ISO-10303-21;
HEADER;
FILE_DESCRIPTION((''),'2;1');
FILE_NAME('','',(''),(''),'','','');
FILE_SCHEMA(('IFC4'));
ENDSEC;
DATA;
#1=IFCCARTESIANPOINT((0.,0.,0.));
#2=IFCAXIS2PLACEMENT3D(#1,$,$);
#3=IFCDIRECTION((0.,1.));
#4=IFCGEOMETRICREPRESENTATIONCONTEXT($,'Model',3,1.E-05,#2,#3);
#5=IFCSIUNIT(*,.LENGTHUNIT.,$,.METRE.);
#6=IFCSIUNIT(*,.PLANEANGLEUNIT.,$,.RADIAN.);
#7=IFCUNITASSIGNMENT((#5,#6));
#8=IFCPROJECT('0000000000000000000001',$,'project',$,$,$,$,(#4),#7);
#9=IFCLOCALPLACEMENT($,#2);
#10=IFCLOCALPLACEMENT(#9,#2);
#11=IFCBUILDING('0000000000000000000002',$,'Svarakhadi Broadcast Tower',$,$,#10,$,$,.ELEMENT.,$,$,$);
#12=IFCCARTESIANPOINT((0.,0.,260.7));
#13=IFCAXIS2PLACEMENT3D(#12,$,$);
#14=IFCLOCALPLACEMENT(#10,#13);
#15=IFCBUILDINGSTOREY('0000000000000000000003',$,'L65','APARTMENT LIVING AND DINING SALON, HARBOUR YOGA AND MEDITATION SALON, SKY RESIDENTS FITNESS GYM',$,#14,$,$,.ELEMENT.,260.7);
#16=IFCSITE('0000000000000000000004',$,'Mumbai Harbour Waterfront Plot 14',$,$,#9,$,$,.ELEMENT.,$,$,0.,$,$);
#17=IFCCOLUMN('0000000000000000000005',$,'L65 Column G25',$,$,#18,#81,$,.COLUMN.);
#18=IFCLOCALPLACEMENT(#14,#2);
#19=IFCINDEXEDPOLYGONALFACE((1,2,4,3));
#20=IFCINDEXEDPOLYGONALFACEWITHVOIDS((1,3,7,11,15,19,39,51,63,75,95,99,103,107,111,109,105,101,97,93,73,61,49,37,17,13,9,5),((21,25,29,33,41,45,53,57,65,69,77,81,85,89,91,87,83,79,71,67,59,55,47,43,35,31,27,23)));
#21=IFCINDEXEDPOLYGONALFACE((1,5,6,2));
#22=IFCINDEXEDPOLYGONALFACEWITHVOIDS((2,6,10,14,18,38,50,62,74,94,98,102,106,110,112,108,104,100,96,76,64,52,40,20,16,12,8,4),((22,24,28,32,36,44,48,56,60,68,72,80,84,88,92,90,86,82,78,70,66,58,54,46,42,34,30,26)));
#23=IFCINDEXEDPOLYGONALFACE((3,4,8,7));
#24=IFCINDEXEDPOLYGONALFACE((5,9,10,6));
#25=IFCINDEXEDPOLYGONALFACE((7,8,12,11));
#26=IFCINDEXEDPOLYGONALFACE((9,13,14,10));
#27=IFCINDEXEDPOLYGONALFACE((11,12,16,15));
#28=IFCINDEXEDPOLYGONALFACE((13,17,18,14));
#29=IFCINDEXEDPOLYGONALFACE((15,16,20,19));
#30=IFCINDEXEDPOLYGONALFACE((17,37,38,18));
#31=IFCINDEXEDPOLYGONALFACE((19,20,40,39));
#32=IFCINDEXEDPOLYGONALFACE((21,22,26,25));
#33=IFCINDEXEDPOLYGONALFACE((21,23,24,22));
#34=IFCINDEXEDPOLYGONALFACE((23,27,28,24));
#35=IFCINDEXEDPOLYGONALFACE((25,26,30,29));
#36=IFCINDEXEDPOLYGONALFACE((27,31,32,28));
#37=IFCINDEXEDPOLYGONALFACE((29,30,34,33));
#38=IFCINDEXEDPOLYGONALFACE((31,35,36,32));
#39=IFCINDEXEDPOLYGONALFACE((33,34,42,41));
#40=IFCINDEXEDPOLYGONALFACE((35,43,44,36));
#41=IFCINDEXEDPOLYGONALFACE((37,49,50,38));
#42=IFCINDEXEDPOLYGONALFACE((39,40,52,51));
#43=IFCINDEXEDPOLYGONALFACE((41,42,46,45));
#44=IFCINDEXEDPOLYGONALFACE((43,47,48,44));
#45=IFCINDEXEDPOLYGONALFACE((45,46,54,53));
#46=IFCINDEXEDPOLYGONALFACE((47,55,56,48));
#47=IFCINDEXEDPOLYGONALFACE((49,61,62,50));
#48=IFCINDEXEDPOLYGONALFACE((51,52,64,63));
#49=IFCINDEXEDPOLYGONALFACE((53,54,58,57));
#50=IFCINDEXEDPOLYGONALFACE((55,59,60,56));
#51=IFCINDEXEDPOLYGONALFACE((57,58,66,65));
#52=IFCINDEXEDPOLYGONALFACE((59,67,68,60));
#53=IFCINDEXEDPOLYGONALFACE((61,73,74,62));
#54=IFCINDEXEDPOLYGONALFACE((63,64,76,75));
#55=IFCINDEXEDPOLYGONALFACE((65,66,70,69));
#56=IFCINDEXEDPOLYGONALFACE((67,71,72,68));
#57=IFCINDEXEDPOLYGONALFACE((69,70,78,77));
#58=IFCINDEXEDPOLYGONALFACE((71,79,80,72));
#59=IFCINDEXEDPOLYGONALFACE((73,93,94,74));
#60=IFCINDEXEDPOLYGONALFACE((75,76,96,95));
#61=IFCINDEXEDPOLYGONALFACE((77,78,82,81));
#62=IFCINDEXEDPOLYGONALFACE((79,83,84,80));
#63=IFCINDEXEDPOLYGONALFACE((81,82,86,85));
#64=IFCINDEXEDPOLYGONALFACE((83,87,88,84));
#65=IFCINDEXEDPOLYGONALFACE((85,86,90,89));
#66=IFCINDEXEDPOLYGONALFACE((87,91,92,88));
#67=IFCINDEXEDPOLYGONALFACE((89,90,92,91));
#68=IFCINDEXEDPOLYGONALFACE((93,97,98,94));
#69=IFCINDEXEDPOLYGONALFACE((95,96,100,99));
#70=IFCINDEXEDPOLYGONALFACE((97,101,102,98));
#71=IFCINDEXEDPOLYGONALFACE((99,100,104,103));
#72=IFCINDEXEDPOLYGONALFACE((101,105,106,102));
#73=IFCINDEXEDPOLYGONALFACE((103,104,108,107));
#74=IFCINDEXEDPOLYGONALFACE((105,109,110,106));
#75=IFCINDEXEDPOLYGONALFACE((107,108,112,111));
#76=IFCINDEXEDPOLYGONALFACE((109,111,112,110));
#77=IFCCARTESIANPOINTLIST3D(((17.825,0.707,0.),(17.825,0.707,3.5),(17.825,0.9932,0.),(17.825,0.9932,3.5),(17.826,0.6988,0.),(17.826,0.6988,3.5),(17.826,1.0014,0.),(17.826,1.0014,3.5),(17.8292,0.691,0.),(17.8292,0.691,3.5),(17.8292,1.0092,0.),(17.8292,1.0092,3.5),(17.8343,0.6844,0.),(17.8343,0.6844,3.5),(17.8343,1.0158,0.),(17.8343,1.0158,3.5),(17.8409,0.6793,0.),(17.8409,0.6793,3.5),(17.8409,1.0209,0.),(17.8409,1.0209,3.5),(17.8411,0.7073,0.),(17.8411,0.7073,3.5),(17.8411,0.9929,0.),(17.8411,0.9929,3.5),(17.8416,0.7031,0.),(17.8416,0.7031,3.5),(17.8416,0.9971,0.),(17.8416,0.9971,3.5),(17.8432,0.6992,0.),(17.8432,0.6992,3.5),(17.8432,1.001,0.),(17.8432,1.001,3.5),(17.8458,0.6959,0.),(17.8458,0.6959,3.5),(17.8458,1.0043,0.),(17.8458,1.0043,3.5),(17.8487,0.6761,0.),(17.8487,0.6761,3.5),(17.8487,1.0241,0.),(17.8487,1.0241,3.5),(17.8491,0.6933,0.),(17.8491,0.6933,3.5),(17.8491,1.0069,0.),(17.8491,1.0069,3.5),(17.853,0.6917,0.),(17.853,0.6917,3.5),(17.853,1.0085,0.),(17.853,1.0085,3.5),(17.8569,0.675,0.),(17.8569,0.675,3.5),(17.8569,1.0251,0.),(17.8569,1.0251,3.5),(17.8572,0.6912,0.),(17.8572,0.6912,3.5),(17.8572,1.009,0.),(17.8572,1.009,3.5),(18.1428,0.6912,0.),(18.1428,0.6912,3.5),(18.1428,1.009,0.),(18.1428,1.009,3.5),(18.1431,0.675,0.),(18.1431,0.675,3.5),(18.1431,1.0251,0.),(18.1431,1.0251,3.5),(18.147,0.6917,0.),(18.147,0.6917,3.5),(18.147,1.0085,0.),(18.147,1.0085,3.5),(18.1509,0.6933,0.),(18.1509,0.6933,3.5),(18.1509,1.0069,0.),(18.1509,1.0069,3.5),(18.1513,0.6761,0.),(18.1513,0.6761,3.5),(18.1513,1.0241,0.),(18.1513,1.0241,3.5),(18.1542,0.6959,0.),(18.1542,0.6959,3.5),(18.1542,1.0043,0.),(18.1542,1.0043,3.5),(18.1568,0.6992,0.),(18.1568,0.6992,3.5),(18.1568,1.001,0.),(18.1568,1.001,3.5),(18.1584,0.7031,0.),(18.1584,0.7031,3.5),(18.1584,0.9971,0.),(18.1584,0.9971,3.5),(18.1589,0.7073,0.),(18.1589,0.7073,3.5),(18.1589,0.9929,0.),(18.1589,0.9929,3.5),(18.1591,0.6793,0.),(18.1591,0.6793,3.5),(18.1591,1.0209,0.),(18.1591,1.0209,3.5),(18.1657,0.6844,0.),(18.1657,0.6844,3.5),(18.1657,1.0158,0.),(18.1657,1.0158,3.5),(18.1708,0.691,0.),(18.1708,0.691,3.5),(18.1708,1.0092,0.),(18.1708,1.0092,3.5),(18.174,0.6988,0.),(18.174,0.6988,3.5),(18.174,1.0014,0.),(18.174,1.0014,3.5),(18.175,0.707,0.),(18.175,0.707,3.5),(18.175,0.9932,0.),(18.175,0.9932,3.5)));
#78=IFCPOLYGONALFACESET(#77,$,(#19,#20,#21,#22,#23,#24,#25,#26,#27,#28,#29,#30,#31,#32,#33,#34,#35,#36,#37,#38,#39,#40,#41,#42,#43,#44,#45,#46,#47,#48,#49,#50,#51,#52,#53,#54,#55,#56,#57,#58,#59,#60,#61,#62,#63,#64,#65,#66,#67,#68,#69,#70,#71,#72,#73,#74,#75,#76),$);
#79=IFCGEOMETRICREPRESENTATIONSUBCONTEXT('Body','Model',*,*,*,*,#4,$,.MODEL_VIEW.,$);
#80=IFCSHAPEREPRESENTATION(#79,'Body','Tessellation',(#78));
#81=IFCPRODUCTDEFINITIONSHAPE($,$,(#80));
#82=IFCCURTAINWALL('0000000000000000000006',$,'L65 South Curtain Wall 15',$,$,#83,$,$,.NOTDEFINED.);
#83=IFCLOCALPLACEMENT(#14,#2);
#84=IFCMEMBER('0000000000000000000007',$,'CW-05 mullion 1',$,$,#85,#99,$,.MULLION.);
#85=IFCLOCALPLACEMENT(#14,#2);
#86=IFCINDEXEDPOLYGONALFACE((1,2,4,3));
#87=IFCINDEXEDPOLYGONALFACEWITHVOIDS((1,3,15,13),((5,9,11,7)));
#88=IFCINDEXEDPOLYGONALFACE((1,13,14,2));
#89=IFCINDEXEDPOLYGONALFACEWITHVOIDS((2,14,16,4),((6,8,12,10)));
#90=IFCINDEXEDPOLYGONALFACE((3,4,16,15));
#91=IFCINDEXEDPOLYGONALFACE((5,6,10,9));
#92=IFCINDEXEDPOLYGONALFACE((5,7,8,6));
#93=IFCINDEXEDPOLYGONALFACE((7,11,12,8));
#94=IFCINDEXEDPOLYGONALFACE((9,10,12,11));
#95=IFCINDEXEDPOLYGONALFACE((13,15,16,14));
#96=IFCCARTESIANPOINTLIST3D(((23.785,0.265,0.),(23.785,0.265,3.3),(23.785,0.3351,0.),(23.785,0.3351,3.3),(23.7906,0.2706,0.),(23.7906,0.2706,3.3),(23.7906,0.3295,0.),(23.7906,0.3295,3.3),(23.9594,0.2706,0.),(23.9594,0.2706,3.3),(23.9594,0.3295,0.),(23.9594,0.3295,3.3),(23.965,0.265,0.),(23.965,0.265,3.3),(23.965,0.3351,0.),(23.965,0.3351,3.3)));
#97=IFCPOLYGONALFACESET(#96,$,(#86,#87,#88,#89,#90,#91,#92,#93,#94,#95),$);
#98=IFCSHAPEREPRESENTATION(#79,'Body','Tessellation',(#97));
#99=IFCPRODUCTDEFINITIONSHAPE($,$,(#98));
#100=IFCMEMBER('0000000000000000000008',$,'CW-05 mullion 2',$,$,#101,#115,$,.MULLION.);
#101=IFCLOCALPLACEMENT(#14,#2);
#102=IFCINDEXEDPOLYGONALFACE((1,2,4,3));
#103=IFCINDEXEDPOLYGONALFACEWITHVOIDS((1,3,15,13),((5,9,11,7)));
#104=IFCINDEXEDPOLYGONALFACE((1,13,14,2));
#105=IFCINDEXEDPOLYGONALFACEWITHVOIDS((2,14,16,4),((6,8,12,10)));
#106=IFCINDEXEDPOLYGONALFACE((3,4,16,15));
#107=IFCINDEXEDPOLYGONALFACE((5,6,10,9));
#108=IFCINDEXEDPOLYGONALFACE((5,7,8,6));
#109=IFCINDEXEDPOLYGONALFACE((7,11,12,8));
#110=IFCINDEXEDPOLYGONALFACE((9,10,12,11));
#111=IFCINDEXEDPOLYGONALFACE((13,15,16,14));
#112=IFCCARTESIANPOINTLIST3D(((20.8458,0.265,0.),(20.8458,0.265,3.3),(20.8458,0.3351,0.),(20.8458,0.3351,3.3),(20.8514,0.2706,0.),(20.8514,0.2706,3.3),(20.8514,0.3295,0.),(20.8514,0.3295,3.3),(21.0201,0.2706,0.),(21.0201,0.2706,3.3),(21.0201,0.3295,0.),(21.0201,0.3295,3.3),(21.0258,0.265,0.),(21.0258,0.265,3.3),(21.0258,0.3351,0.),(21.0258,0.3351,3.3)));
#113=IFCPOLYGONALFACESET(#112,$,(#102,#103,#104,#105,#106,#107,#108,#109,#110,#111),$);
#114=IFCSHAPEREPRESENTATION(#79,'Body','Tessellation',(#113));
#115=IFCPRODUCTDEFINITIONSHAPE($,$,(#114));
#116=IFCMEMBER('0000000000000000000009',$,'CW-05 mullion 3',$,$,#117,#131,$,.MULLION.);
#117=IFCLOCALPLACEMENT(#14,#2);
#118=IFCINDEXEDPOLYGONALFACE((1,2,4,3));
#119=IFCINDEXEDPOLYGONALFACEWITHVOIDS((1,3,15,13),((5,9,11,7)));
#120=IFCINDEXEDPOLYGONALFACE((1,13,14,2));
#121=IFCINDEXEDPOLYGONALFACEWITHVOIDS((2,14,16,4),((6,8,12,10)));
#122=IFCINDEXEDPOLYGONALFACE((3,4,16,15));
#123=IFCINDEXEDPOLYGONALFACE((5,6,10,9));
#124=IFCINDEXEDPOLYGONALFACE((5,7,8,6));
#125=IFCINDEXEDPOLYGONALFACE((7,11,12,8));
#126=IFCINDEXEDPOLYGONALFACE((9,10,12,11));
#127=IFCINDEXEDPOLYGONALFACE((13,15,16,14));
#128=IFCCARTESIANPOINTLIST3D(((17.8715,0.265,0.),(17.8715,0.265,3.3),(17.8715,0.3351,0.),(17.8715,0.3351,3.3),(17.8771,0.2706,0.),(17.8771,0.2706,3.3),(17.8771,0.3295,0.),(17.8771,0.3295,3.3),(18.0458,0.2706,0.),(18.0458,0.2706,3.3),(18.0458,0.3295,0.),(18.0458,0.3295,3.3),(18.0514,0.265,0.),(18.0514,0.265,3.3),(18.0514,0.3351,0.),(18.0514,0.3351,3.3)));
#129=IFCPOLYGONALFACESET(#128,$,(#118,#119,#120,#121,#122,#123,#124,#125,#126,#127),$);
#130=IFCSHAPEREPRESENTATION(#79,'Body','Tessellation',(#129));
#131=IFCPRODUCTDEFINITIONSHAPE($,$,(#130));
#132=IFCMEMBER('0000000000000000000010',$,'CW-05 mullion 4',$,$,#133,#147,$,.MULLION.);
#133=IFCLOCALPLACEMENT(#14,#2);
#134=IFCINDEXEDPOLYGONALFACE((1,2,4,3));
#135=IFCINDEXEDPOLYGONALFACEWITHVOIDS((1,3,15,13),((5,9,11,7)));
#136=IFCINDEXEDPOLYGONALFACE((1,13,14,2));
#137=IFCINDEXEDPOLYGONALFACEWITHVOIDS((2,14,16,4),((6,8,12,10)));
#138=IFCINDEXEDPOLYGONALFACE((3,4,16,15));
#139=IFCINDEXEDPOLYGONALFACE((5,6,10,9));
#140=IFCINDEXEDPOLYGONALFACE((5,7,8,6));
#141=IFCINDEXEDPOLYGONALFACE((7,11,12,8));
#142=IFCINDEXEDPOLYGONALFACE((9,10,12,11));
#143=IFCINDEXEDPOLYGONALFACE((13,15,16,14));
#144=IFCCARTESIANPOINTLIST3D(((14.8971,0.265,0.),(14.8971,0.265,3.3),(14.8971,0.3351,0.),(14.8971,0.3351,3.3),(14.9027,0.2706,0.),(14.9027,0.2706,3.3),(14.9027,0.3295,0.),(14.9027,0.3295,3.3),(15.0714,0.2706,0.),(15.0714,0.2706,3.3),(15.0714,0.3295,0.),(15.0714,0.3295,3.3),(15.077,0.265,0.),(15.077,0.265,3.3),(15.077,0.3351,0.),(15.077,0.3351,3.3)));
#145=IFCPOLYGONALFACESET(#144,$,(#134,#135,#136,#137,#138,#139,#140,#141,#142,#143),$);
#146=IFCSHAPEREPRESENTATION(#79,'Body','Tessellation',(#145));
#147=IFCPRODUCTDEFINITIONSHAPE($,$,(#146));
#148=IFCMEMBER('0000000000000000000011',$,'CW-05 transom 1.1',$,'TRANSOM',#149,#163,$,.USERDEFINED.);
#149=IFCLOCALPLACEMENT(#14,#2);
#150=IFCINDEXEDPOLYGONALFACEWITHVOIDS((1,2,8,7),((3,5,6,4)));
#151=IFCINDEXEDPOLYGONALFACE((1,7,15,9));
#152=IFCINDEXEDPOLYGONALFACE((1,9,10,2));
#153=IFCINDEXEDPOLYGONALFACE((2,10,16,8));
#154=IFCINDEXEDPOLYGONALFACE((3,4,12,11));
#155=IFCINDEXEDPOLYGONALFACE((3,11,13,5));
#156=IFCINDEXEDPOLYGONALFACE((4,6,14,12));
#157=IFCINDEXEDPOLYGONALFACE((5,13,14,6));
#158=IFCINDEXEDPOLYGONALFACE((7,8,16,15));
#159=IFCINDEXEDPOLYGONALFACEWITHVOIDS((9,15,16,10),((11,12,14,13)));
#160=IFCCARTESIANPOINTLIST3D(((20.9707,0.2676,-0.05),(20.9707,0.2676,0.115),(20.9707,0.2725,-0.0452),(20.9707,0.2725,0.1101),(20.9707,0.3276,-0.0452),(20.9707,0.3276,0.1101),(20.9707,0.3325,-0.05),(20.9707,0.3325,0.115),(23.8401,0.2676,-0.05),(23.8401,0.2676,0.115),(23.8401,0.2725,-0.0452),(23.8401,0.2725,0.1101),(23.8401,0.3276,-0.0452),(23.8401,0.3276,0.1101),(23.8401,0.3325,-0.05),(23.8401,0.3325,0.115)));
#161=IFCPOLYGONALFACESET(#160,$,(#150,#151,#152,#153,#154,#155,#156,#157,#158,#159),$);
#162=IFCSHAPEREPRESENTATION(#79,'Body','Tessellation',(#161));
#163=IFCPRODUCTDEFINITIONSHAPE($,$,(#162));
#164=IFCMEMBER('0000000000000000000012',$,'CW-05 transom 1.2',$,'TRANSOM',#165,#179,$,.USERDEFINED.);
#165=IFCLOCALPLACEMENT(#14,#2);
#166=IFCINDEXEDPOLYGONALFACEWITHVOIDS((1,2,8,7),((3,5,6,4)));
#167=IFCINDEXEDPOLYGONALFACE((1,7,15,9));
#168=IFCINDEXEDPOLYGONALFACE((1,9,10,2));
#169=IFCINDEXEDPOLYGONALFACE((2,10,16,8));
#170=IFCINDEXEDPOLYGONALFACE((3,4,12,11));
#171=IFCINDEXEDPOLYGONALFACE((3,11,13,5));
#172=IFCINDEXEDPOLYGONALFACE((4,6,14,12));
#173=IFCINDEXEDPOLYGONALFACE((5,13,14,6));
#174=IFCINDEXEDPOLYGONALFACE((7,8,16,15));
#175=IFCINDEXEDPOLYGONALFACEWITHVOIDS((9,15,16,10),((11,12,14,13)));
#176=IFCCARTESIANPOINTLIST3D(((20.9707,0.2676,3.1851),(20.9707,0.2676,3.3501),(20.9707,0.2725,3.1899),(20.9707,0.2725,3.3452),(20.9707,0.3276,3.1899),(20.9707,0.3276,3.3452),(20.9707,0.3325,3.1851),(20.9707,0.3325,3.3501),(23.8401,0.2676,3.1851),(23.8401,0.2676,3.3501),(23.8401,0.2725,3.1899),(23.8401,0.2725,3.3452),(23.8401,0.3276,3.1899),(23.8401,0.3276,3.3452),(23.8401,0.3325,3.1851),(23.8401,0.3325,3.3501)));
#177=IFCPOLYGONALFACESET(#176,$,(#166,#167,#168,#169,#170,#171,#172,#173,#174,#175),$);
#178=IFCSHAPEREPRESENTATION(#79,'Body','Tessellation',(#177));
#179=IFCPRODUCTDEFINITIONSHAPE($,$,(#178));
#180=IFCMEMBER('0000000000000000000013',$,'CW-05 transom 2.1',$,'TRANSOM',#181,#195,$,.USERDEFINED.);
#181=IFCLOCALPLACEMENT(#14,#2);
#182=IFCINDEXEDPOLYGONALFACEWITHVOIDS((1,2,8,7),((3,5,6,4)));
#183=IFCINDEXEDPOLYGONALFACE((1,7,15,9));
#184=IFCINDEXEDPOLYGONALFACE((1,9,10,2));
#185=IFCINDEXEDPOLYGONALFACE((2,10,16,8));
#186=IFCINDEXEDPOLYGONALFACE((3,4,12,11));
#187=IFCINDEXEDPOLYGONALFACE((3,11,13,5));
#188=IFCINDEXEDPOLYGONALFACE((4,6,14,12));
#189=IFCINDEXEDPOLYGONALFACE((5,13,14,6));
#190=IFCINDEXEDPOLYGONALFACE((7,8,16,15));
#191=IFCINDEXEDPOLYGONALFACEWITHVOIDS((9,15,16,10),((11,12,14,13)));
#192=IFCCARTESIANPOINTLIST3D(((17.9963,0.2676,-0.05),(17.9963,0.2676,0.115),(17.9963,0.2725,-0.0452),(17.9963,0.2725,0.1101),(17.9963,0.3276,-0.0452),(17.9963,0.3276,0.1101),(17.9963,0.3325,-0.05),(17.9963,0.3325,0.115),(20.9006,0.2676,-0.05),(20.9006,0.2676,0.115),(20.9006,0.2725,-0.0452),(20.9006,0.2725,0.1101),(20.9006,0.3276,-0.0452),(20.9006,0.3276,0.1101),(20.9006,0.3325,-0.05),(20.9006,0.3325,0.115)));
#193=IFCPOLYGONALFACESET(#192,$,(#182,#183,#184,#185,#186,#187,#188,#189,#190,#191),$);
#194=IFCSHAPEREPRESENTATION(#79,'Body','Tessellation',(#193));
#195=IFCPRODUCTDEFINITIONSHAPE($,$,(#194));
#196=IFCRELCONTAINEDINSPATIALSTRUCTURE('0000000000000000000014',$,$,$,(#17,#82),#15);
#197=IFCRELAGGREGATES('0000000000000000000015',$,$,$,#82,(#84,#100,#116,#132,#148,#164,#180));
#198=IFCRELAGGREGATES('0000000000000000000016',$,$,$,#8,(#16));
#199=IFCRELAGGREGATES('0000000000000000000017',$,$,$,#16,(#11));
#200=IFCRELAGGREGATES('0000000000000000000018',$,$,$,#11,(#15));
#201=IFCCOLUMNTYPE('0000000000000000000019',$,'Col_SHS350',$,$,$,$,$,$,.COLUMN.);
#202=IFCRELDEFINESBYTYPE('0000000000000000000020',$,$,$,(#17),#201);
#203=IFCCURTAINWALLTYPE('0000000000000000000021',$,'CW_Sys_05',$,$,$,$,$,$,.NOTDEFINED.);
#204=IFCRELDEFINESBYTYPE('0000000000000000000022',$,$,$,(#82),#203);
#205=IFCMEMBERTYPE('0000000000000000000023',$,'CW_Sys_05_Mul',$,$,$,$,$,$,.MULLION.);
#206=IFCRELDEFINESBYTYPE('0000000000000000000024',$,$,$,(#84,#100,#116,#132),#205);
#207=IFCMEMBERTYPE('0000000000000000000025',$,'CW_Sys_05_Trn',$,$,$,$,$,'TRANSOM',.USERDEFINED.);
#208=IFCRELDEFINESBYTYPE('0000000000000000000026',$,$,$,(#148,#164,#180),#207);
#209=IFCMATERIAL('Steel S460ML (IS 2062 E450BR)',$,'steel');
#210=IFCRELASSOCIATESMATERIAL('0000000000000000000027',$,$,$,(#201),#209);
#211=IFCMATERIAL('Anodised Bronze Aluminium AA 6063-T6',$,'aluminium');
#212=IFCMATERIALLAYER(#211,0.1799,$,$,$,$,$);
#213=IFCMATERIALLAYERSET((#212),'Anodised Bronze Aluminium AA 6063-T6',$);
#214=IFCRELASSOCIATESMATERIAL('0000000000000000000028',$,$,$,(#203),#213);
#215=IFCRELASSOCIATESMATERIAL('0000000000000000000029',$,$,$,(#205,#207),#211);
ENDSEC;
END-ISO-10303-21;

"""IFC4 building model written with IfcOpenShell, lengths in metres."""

from ifc_helpers import new_model, si_unit, direction, frame, origin, origin_2d, place, context, subcontext, project, spatial, hollow_rectangle, extrude, material, layer, layer_set, material_profile, profile_set, type_object, element, aggregate, save


model = new_model("IFC4")

# Units and contexts
model_context = context("Model", 3, precision=1e-05, world=origin(), true_north=direction((0.0, 1.0)))
body_context = subcontext(model_context, "Body", "Model", "MODEL_VIEW")
ifc_project = project(units=[si_unit("LENGTHUNIT", "METRE"), si_unit("PLANEANGLEUNIT", "RADIAN")], contexts=[model_context])

# Site, building, storey
site_placement = place(None, origin())
site = spatial("IfcSite", under=ifc_project, at=site_placement, Name="Mumbai Harbour Waterfront Plot 14", CompositionType="ELEMENT", RefElevation=0.0)
building_placement = place(site_placement, origin())
building = spatial("IfcBuilding", under=site, at=building_placement, Name="Svarakhadi Broadcast Tower", CompositionType="ELEMENT")
storey_placement = place(building_placement, frame((0.0, 0.0, 260.7)))
storey = spatial("IfcBuildingStorey", under=building, at=storey_placement, Name="L65", Description="APARTMENT LIVING AND DINING SALON, HARBOUR YOGA AND MEDITATION SALON, SKY RESIDENTS FITNESS GYM", CompositionType="ELEMENT", Elevation=260.7)

# Column
ifc_material_1 = material(Name="Steel S460ML (IS 2062 E450BR)", Category="steel")
ifc_material_profile_1 = material_profile(ifc_material_1, hollow_rectangle(XDim=0.3501, YDim=0.3501, WallThickness=0.0161, InnerFilletRadius=0.0161, OuterFilletRadius=0.032, at=origin_2d()), Name="SHS 350x350x16")
ifc_profile_set_1 = profile_set([ifc_material_profile_1], Name="Steel S460ML (IS 2062 E450BR)")
column_type = type_object("IfcColumnType", Name="Col_SHS350", PredefinedType="COLUMN", material=ifc_profile_set_1)
column_placement = place(storey_placement, frame((18.0, 0.8501, 0.0), z_axis=(0.0, 0.0, 1.0), x_axis=(1.0, 0.0, 0.0)))
element("IfcColumn", 1, at=column_placement, inside=storey, type_object=column_type, Name="L65 Column G25", PredefinedType="COLUMN", context=body_context, shape_type="SweptSolid", body=[
    extrude(hollow_rectangle(XDim=0.3501, YDim=0.3501, WallThickness=0.0161, InnerFilletRadius=0.0161, OuterFilletRadius=0.032, at=origin_2d()), origin(), (0.0, 0.0, 1.0), 3.5),
])

# Curtain wall, members
ifc_material_2 = material(Name="Anodised Bronze Aluminium AA 6063-T6", Category="aluminium")
ifc_layer_1 = layer(ifc_material_2, 0.1799)
ifc_layer_set_1 = layer_set([ifc_layer_1], Name="Anodised Bronze Aluminium AA 6063-T6")
curtain_wall_type = type_object("IfcCurtainWallType", Name="CW_Sys_05", PredefinedType="NOTDEFINED", material=ifc_layer_set_1)
curtain_wall_placement = place(storey_placement, origin())
curtain_wall = element("IfcCurtainWall", 2, at=curtain_wall_placement, inside=storey, type_object=curtain_wall_type, Name="L65 South Curtain Wall 15", PredefinedType="NOTDEFINED")
ifc_material_profile_2 = material_profile(ifc_material_2, hollow_rectangle(XDim=0.0701, YDim=0.1799, WallThickness=0.0056, at=origin_2d()), Name="ALU MULLION 180x70x6")
ifc_profile_set_2 = profile_set([ifc_material_profile_2], Name="Anodised Bronze Aluminium AA 6063-T6")
member_type_1 = type_object("IfcMemberType", Name="CW_Sys_05_Mul", PredefinedType="MULLION", material=ifc_profile_set_2)
member_1_placement = place(storey_placement, frame((23.875, 0.3, 0.0), z_axis=(0.0, 0.0, 1.0), x_axis=(0.0, -1.0, 0.0)))
member_1 = element("IfcMember", 3, at=member_1_placement, type_object=member_type_1, Name="CW-05 mullion 1", PredefinedType="MULLION", context=body_context, shape_type="SweptSolid", body=[
    extrude(hollow_rectangle(XDim=0.0701, YDim=0.1799, WallThickness=0.0056, at=origin_2d()), origin(), (0.0, 0.0, 1.0), 3.3),
])
member_2_placement = place(storey_placement, frame((20.9358, 0.3, 0.0), z_axis=(0.0, 0.0, 1.0), x_axis=(0.0, -1.0, 0.0)))
member_2 = element("IfcMember", 4, at=member_2_placement, type_object=member_type_1, Name="CW-05 mullion 2", PredefinedType="MULLION", context=body_context, shape_type="SweptSolid", body=[
    extrude(hollow_rectangle(XDim=0.0701, YDim=0.1799, WallThickness=0.0056, at=origin_2d()), origin(), (0.0, 0.0, 1.0), 3.3),
])
member_3_placement = place(storey_placement, frame((17.9614, 0.3, 0.0), z_axis=(0.0, 0.0, 1.0), x_axis=(0.0, -1.0, 0.0)))
member_3 = element("IfcMember", 5, at=member_3_placement, type_object=member_type_1, Name="CW-05 mullion 3", PredefinedType="MULLION", context=body_context, shape_type="SweptSolid", body=[
    extrude(hollow_rectangle(XDim=0.0701, YDim=0.1799, WallThickness=0.0056, at=origin_2d()), origin(), (0.0, 0.0, 1.0), 3.3),
])
member_4_placement = place(storey_placement, frame((14.9871, 0.3, 0.0), z_axis=(0.0, 0.0, 1.0), x_axis=(0.0, -1.0, 0.0)))
member_4 = element("IfcMember", 6, at=member_4_placement, type_object=member_type_1, Name="CW-05 mullion 4", PredefinedType="MULLION", context=body_context, shape_type="SweptSolid", body=[
    extrude(hollow_rectangle(XDim=0.0701, YDim=0.1799, WallThickness=0.0056, at=origin_2d()), origin(), (0.0, 0.0, 1.0), 3.3),
])
ifc_material_profile_3 = material_profile(ifc_material_2, hollow_rectangle(XDim=0.0649, YDim=0.165, WallThickness=0.0049, at=origin_2d()), Name="ALU TRANSOM 165x65x5")
ifc_profile_set_3 = profile_set([ifc_material_profile_3], Name="Anodised Bronze Aluminium AA 6063-T6")
member_type_2 = type_object("IfcMemberType", Name="CW_Sys_05_Trn", ElementType="TRANSOM", PredefinedType="USERDEFINED", material=ifc_profile_set_3)
member_5_placement = place(storey_placement, frame((23.8401, 0.3, 0.0325), z_axis=(-1.0, 0.0, 0.0), x_axis=(0.0, -1.0, 0.0)))
member_5 = element("IfcMember", 7, at=member_5_placement, type_object=member_type_2, Name="CW-05 transom 1.1", ObjectType="TRANSOM", PredefinedType="USERDEFINED", context=body_context, shape_type="SweptSolid", body=[
    extrude(hollow_rectangle(XDim=0.0649, YDim=0.165, WallThickness=0.0049, at=origin_2d()), origin(), (0.0, 0.0, 1.0), 2.8694),
])
member_6_placement = place(storey_placement, frame((23.8401, 0.3, 3.2676), z_axis=(-1.0, 0.0, 0.0), x_axis=(0.0, -1.0, 0.0)))
member_6 = element("IfcMember", 8, at=member_6_placement, type_object=member_type_2, Name="CW-05 transom 1.2", ObjectType="TRANSOM", PredefinedType="USERDEFINED", context=body_context, shape_type="SweptSolid", body=[
    extrude(hollow_rectangle(XDim=0.0649, YDim=0.165, WallThickness=0.0049, at=origin_2d()), origin(), (0.0, 0.0, 1.0), 2.8694),
])
member_7_placement = place(storey_placement, frame((20.9006, 0.3, 0.0325), z_axis=(-1.0, 0.0, 0.0), x_axis=(0.0, -1.0, 0.0)))
member_7 = element("IfcMember", 9, at=member_7_placement, type_object=member_type_2, Name="CW-05 transom 2.1", ObjectType="TRANSOM", PredefinedType="USERDEFINED", context=body_context, shape_type="SweptSolid", body=[
    extrude(hollow_rectangle(XDim=0.0649, YDim=0.165, WallThickness=0.0049, at=origin_2d()), origin(), (0.0, 0.0, 1.0), 2.9043),
])

aggregate(curtain_wall, [member_1, member_2, member_3, member_4, member_5, member_6, member_7])

save(model, "model.ifc")
